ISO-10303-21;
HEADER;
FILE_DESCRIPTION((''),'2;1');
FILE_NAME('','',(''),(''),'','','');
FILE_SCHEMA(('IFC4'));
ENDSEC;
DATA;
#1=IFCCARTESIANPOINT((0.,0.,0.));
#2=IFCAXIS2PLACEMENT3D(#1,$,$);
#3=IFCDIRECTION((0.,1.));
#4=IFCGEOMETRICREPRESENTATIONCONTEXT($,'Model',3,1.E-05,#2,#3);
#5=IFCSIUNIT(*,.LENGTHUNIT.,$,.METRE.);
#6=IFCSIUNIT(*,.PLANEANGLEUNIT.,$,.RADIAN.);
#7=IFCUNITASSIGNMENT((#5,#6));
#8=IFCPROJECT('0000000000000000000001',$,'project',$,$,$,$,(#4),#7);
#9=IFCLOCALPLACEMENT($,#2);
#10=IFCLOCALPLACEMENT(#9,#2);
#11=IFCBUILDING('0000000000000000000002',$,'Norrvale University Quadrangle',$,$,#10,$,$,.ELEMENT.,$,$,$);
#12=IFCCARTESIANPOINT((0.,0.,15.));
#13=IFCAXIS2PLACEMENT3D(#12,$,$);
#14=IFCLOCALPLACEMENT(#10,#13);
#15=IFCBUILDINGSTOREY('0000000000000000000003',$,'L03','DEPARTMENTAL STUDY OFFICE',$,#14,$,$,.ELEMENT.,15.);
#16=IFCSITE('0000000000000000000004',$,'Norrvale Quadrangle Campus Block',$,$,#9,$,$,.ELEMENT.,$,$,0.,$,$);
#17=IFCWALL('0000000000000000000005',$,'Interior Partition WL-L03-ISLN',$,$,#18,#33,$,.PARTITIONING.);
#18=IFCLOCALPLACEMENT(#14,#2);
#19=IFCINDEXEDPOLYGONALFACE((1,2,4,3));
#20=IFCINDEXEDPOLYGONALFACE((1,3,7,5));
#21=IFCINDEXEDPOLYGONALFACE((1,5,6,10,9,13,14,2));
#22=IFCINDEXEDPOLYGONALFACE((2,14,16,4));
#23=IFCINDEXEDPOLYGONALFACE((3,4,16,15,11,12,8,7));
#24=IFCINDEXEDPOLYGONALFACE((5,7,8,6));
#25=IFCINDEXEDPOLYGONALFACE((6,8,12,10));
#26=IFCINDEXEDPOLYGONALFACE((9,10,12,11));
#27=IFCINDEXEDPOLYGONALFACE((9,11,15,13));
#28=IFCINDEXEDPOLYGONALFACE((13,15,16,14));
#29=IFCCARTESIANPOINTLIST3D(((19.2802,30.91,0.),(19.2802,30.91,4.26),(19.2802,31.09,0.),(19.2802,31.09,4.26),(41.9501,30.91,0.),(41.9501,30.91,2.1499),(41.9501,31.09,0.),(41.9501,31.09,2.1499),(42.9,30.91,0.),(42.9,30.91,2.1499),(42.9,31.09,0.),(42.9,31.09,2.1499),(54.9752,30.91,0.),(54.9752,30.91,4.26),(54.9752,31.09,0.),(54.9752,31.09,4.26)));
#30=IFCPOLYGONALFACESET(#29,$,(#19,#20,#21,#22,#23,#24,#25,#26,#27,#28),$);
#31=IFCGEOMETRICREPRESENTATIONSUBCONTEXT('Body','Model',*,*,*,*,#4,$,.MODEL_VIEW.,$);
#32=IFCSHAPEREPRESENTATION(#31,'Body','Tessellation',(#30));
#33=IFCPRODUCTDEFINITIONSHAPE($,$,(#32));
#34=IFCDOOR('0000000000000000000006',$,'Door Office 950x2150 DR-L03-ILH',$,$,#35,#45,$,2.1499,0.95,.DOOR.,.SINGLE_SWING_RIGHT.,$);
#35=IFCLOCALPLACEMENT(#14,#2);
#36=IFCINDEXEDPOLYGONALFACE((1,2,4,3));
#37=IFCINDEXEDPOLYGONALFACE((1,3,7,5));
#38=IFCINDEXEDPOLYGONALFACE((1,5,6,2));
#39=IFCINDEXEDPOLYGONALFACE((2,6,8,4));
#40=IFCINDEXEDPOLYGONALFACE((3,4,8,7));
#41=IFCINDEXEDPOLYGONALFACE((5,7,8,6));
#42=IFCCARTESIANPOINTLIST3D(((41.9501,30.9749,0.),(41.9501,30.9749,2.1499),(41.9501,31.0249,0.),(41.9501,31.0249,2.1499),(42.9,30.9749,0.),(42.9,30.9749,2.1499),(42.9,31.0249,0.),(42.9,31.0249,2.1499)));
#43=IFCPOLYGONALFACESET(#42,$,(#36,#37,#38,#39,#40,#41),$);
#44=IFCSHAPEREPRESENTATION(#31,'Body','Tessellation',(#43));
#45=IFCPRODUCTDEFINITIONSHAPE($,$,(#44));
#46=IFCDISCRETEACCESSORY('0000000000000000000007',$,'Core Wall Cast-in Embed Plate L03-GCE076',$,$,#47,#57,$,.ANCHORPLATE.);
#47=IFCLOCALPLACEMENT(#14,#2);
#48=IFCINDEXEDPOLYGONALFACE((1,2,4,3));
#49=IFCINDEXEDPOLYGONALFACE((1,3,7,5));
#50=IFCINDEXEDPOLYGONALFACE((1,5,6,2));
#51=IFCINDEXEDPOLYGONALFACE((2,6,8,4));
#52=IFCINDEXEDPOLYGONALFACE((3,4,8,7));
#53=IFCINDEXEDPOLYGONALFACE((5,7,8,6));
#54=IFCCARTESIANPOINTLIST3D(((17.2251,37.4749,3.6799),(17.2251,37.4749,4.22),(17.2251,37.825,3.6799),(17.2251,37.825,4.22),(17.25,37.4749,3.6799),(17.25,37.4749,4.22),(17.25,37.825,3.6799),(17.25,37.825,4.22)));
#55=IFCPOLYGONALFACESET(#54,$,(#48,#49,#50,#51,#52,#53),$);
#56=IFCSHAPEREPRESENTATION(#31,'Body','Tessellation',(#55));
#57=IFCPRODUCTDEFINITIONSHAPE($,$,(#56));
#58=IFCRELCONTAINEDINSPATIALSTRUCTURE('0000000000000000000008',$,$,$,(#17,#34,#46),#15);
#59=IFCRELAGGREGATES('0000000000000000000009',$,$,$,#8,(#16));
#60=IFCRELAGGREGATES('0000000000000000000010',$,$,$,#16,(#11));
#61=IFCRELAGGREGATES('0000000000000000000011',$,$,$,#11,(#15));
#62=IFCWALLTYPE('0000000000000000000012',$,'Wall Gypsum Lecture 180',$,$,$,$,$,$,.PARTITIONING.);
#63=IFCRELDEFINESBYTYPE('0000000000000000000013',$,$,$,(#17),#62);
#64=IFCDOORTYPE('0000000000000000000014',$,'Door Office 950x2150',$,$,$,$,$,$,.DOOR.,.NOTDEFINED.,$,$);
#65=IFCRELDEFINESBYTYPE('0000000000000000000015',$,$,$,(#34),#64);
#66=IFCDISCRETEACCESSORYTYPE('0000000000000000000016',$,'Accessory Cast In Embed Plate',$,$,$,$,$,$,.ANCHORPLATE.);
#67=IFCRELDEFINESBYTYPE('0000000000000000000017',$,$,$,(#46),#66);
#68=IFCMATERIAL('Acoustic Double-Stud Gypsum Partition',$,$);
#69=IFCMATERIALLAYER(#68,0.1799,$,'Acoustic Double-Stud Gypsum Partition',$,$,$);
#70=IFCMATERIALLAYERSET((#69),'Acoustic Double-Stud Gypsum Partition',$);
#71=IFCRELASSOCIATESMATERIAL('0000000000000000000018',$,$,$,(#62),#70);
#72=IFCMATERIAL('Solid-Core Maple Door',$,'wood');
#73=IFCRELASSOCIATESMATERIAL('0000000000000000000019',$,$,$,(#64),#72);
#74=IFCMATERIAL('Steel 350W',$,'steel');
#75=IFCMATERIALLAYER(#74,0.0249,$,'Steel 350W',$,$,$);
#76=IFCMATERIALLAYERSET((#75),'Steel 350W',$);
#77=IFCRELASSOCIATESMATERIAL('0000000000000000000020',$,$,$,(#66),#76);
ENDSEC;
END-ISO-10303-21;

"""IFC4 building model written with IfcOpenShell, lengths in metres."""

from ifc_helpers import new_model, si_unit, direction, frame, frame_2d, origin, origin_2d, place, context, subcontext, project, spatial, rectangle, extrude, material, layer, layer_set, type_object, element, fill, save


model = new_model("IFC4")

# Units and contexts
model_context = context("Model", 3, precision=1e-05, world=origin(), true_north=direction((0.0, 1.0)))
body_context = subcontext(model_context, "Body", "Model", "MODEL_VIEW")
ifc_project = project(units=[si_unit("LENGTHUNIT", "METRE"), si_unit("PLANEANGLEUNIT", "RADIAN")], contexts=[model_context])

# Site, building, storey
site_placement = place(None, origin())
site = spatial("IfcSite", under=ifc_project, at=site_placement, Name="Norrvale Quadrangle Campus Block", CompositionType="ELEMENT", RefElevation=0.0)
building_placement = place(site_placement, origin())
building = spatial("IfcBuilding", under=site, at=building_placement, Name="Norrvale University Quadrangle", CompositionType="ELEMENT")
storey_placement = place(building_placement, frame((0.0, 0.0, 15.0)))
storey = spatial("IfcBuildingStorey", under=building, at=storey_placement, Name="L03", Description="DEPARTMENTAL STUDY OFFICE", CompositionType="ELEMENT", Elevation=15.0)

# Shared definitions
ifc_material_1 = material(Name="Steel 350W", Category="steel")

# Wall, opening, door
ifc_material_2 = material(Name="Acoustic Double-Stud Gypsum Partition")
ifc_layer_1 = layer(ifc_material_2, 0.1799, Name="Acoustic Double-Stud Gypsum Partition")
ifc_layer_set_1 = layer_set([ifc_layer_1], Name="Acoustic Double-Stud Gypsum Partition")
wall_type_1 = type_object("IfcWallType", Name="Wall Gypsum Lecture 180", PredefinedType="PARTITIONING", material=ifc_layer_set_1)
wall_1_placement = place(storey_placement, frame((19.28, 31.0, 0.0), z_axis=(0.0, 0.0, 1.0), x_axis=(1.0, 0.0, 0.0)))
wall_1 = element("IfcWall", 1, at=wall_1_placement, inside=storey, type_object=wall_type_1, Name="Interior Partition WL-L03-ISLN", PredefinedType="PARTITIONING", context=body_context, shape_type="SweptSolid", body=[
    extrude(rectangle(XDim=35.6951, YDim=0.1799, at=frame_2d((17.8477, 0.0))), origin(), (0.0, 0.0, 1.0), 4.26),
])
opening_1_placement = place(wall_1_placement, frame((22.6699, 0.0, 0.0)))
opening_1 = element("IfcOpeningElement", 2, at=opening_1_placement, cuts=wall_1, PredefinedType="OPENING", context=body_context, shape_type="SweptSolid", body=[
    extrude(rectangle(XDim=0.95, YDim=2.1499, at=frame_2d((0.4751, 1.075))), frame((0.0, 0.1021, 0.0), z_axis=(0.0, -1.0, 0.0), x_axis=(1.0, 0.0, 0.0)), (0.0, 0.0, 1.0), 0.2039),
])
ifc_material_3 = material(Name="Solid-Core Maple Door", Category="wood")
door_type_1 = type_object("IfcDoorType", Name="Door Office 950x2150", OperationType="NOTDEFINED", PredefinedType="DOOR", material=ifc_material_3)
door_1_placement = place(opening_1_placement, origin())
door_1 = element("IfcDoor", 3, at=door_1_placement, inside=storey, type_object=door_type_1, Name="Door Office 950x2150 DR-L03-ILH", OperationType="SINGLE_SWING_RIGHT", OverallHeight=2.1499, OverallWidth=0.95, PredefinedType="DOOR", context=body_context, shape_type="SweptSolid", body=[
    extrude(rectangle(XDim=0.95, YDim=2.1499, at=frame_2d((0.4751, 1.075))), frame((0.0, 0.0249, 0.0), z_axis=(0.0, -1.0, 0.0), x_axis=(1.0, 0.0, 0.0)), (0.0, 0.0, 1.0), 0.05),
])
fill(opening_1, door_1)

# Discrete accessory
ifc_layer_2 = layer(ifc_material_1, 0.0249, Name="Steel 350W")
ifc_layer_set_2 = layer_set([ifc_layer_2], Name="Steel 350W")
discrete_accessory_type = type_object("IfcDiscreteAccessoryType", Name="Accessory Cast In Embed Plate", PredefinedType="ANCHORPLATE", material=ifc_layer_set_2)
discrete_accessory_placement = place(storey_placement, frame((17.2375, 37.6499, 3.6799), z_axis=(0.0, 0.0, 1.0), x_axis=(1.0, 0.0, 0.0)))
element("IfcDiscreteAccessory", 4, at=discrete_accessory_placement, inside=storey, type_object=discrete_accessory_type, Name="Core Wall Cast-in Embed Plate L03-GCE076", PredefinedType="ANCHORPLATE", context=body_context, shape_type="SweptSolid", body=[
    extrude(rectangle(XDim=0.0249, YDim=0.3501, at=origin_2d()), origin(), (0.0, 0.0, 1.0), 0.54),
])

save(model, "model.ifc")
